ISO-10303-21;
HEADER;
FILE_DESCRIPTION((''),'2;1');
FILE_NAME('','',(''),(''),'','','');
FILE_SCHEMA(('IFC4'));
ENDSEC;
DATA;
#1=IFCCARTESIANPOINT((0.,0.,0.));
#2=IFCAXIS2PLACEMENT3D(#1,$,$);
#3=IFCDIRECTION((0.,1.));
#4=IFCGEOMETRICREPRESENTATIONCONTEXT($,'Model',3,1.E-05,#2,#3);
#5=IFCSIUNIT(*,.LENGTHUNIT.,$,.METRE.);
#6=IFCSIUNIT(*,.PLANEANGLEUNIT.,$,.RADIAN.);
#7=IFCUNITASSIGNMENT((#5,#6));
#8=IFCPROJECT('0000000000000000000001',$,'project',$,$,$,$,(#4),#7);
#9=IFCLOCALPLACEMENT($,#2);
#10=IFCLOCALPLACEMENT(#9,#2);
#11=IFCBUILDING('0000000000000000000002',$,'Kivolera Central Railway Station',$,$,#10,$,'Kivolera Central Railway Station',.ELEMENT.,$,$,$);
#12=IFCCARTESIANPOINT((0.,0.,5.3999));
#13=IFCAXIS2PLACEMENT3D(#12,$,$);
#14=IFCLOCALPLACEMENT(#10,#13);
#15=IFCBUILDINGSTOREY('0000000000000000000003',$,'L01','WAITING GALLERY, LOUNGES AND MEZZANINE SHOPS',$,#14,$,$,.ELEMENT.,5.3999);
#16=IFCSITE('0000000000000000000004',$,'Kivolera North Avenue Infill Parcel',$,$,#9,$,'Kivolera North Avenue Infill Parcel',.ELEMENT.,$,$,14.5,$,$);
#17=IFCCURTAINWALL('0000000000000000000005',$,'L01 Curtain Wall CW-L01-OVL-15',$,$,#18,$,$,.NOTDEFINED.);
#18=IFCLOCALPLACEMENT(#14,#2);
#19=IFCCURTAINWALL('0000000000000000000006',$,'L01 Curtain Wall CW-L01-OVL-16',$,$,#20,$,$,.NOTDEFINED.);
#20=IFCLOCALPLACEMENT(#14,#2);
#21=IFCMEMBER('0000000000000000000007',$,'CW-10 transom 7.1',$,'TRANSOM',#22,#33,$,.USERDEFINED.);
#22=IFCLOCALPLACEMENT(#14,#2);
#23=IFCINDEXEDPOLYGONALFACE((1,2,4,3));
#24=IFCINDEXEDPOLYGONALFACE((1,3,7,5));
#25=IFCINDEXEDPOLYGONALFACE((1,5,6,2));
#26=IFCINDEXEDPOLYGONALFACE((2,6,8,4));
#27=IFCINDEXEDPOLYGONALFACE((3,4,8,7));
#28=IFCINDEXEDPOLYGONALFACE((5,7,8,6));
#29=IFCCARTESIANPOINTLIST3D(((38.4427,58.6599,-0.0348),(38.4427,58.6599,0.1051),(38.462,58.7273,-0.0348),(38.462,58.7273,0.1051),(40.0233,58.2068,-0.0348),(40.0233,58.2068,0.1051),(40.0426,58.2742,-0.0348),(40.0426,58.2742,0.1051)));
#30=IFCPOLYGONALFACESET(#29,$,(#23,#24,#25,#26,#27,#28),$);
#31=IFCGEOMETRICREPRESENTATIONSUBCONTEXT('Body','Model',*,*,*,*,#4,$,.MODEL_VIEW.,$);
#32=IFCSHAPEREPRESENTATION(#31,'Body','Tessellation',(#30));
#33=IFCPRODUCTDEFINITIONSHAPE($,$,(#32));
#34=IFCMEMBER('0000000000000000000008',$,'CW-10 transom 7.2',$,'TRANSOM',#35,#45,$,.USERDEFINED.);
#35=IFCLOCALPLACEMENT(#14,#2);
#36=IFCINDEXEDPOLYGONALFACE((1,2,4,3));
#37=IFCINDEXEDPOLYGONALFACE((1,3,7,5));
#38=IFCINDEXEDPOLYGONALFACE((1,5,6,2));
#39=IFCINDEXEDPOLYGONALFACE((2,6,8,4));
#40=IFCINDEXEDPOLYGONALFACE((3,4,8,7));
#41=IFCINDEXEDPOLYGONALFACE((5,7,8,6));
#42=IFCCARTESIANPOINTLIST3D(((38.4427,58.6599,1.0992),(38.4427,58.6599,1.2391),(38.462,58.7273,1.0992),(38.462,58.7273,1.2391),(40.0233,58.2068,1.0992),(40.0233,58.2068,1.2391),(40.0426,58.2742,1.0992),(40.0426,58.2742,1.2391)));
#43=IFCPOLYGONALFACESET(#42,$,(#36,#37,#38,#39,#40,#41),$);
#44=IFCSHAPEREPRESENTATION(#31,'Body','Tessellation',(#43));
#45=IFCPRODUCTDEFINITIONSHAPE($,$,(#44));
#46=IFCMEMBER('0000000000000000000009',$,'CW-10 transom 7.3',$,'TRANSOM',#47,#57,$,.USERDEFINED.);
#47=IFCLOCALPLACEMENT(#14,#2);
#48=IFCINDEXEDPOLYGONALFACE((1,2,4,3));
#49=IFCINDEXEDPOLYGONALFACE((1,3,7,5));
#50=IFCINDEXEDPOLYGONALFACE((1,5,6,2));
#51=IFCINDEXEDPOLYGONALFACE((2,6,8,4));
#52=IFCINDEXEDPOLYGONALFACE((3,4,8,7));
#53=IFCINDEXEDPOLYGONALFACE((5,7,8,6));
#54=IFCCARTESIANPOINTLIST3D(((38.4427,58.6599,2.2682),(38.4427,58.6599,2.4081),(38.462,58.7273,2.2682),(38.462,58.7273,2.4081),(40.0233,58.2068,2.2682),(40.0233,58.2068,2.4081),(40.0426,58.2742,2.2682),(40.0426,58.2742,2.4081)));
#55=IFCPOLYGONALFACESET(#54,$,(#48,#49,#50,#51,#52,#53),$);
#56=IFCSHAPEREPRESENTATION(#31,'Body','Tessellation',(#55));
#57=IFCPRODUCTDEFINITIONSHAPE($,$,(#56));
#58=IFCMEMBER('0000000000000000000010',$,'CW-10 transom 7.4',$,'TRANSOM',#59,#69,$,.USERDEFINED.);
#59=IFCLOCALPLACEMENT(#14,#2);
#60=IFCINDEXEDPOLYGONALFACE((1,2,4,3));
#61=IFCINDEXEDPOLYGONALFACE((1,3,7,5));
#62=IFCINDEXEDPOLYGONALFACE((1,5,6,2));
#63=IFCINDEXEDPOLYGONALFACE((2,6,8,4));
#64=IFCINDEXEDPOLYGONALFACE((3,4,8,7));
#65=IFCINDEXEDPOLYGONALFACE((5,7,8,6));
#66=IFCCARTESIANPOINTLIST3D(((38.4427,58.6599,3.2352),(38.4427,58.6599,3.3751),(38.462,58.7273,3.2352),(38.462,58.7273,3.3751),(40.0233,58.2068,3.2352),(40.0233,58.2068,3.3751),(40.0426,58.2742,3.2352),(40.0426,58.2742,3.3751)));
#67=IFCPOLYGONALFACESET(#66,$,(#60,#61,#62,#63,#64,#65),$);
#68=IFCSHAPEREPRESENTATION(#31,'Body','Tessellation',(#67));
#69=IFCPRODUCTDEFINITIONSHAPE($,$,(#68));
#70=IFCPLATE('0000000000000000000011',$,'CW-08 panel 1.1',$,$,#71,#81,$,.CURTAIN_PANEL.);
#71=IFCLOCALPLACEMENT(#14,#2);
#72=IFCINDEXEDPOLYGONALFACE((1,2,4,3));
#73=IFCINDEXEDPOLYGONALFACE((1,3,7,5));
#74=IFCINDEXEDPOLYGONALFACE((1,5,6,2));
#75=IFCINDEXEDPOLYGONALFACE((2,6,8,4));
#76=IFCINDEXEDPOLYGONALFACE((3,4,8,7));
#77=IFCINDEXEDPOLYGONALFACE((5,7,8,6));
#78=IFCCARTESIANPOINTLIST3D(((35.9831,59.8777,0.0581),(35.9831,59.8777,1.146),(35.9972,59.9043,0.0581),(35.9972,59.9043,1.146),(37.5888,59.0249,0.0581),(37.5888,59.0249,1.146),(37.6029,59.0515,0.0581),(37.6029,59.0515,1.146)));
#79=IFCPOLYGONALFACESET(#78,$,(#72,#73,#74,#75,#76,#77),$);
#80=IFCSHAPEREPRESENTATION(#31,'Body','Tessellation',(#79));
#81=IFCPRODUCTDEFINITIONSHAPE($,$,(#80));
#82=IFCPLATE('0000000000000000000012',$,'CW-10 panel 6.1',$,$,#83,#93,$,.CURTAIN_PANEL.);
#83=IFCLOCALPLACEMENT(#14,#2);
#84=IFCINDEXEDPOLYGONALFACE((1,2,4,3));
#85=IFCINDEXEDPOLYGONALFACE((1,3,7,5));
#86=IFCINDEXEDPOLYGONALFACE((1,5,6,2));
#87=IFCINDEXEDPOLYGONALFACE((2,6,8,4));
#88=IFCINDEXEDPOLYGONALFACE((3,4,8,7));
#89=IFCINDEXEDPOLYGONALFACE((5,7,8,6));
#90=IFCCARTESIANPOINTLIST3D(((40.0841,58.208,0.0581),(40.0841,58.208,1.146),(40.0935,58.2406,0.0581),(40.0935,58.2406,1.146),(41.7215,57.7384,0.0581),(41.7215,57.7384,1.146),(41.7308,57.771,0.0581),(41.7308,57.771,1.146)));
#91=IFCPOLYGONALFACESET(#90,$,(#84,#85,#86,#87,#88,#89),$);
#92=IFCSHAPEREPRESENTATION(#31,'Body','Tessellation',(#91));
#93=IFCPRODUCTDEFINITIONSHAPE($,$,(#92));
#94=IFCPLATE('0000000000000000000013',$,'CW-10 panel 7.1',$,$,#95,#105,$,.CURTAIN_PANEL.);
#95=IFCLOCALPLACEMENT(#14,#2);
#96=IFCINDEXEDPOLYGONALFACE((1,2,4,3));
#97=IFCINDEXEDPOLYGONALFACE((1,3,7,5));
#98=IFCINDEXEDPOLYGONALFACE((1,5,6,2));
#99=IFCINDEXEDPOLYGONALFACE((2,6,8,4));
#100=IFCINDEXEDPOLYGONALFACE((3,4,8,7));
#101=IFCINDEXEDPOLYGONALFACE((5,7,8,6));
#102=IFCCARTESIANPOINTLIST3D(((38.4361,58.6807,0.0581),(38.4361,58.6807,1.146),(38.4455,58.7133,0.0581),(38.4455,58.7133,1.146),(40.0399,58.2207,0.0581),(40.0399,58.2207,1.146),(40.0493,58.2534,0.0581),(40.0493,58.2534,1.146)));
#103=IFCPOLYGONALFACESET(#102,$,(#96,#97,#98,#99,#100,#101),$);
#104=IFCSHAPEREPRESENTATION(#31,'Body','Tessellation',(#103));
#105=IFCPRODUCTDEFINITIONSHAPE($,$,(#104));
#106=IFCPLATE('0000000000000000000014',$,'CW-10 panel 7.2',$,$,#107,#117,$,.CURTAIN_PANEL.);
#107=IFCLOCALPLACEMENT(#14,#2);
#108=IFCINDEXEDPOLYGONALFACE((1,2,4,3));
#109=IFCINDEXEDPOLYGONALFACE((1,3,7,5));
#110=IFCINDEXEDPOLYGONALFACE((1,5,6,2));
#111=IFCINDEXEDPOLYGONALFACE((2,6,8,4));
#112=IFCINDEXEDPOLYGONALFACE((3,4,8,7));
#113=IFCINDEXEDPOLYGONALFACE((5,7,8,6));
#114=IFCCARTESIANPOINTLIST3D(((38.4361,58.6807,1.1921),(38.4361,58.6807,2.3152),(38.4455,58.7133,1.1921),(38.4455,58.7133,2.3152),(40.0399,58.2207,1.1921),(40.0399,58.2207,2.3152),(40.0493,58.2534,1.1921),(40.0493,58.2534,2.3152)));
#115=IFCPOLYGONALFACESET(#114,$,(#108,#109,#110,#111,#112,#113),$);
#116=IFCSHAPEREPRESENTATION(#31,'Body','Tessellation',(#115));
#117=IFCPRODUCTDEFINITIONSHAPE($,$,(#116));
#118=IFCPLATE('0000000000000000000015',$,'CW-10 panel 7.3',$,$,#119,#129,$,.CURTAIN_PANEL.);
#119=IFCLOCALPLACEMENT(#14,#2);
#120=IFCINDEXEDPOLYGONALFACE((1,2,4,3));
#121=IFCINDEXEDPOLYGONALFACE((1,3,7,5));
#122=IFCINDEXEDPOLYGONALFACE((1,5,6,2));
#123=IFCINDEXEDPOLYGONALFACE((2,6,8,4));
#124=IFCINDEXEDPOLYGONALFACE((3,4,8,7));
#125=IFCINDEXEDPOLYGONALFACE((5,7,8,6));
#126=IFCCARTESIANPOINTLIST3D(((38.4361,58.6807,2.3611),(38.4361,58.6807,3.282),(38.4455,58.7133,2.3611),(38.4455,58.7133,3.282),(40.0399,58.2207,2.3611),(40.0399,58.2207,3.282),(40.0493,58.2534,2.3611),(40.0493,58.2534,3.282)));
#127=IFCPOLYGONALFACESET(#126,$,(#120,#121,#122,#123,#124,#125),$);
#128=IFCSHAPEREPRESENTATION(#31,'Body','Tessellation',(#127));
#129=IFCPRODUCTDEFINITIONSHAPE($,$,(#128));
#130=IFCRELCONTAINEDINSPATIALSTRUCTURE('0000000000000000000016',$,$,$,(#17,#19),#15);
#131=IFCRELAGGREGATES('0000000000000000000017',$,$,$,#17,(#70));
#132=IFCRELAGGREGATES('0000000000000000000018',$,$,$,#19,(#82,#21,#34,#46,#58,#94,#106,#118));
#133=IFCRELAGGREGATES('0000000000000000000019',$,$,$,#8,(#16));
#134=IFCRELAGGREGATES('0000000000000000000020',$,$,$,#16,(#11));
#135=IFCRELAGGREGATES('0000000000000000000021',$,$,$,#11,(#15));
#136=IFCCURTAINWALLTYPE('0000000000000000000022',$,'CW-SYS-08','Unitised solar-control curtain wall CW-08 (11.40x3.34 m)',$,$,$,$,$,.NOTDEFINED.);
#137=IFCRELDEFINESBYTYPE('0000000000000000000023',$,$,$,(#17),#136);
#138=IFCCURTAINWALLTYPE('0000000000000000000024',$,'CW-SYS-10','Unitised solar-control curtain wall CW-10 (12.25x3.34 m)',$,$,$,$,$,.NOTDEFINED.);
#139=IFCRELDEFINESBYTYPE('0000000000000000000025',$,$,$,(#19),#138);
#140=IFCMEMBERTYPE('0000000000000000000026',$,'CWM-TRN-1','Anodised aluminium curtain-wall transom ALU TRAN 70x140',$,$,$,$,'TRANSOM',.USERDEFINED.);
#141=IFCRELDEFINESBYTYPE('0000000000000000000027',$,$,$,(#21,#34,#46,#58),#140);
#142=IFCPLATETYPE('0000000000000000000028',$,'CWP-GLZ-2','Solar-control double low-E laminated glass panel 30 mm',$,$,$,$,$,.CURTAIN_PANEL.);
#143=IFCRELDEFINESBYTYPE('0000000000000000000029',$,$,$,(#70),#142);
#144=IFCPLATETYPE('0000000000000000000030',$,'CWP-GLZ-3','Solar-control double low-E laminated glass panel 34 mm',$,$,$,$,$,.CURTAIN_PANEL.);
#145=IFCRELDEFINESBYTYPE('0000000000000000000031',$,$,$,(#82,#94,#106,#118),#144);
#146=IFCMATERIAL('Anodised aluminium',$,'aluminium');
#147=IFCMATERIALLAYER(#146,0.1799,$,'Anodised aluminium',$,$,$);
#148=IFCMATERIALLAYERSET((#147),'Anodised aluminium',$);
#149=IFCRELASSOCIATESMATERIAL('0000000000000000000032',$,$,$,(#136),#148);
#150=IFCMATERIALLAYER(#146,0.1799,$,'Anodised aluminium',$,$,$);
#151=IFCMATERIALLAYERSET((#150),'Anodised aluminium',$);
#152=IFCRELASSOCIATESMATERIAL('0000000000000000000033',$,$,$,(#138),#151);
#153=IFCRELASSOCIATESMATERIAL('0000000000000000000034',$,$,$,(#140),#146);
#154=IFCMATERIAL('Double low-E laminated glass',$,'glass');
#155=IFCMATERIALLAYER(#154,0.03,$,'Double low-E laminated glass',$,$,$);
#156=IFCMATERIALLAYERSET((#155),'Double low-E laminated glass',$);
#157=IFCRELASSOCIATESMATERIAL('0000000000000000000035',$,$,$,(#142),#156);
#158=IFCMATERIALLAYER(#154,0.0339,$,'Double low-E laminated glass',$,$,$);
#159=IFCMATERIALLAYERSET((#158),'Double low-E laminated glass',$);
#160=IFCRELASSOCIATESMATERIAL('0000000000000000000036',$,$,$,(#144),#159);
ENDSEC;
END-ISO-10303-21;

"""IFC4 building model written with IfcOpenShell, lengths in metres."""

from ifc_helpers import new_model, si_unit, direction, frame, origin, origin_2d, place, context, subcontext, project, spatial, rectangle, extrude, material, layer, layer_set, material_profile, profile_set, type_object, element, aggregate, save


model = new_model("IFC4")

# Units and contexts
model_context = context("Model", 3, precision=1e-05, world=origin(), true_north=direction((0.0, 1.0)))
body_context = subcontext(model_context, "Body", "Model", "MODEL_VIEW")
ifc_project = project(units=[si_unit("LENGTHUNIT", "METRE"), si_unit("PLANEANGLEUNIT", "RADIAN")], contexts=[model_context])

# Site, building, storey
site_placement = place(None, origin())
site = spatial("IfcSite", under=ifc_project, at=site_placement, Name="Kivolera North Avenue Infill Parcel", LongName="Kivolera North Avenue Infill Parcel", CompositionType="ELEMENT", RefElevation=14.5)
building_placement = place(site_placement, origin())
building = spatial("IfcBuilding", under=site, at=building_placement, Name="Kivolera Central Railway Station", LongName="Kivolera Central Railway Station", CompositionType="ELEMENT")
storey_placement = place(building_placement, frame((0.0, 0.0, 5.3999)))
storey = spatial("IfcBuildingStorey", under=building, at=storey_placement, Name="L01", Description="WAITING GALLERY, LOUNGES AND MEZZANINE SHOPS", CompositionType="ELEMENT", Elevation=5.3999)

# Curtain wall
ifc_material_1 = material(Name="Anodised aluminium", Category="aluminium")
ifc_layer_1 = layer(ifc_material_1, 0.1799, Name="Anodised aluminium")
ifc_layer_set_1 = layer_set([ifc_layer_1], Name="Anodised aluminium")
curtain_wall_type_1 = type_object("IfcCurtainWallType", Name="CW-SYS-08", Description="Unitised solar-control curtain wall CW-08 (11.40x3.34 m)", PredefinedType="NOTDEFINED", material=ifc_layer_set_1)
curtain_wall_1_placement = place(storey_placement, origin())
curtain_wall_1 = element("IfcCurtainWall", 1, at=curtain_wall_1_placement, inside=storey, type_object=curtain_wall_type_1, Name="L01 Curtain Wall CW-L01-OVL-15", PredefinedType="NOTDEFINED")

# Curtain wall
ifc_layer_2 = layer(ifc_material_1, 0.1799, Name="Anodised aluminium")
ifc_layer_set_2 = layer_set([ifc_layer_2], Name="Anodised aluminium")
curtain_wall_type_2 = type_object("IfcCurtainWallType", Name="CW-SYS-10", Description="Unitised solar-control curtain wall CW-10 (12.25x3.34 m)", PredefinedType="NOTDEFINED", material=ifc_layer_set_2)
curtain_wall_2_placement = place(storey_placement, origin())
curtain_wall_2 = element("IfcCurtainWall", 2, at=curtain_wall_2_placement, inside=storey, type_object=curtain_wall_type_2, Name="L01 Curtain Wall CW-L01-OVL-16", PredefinedType="NOTDEFINED")

# Members
ifc_material_profile_1 = material_profile(ifc_material_1, rectangle(XDim=0.0701, YDim=0.1399, at=origin_2d()), Name="ALU TRAN 70x140")
ifc_profile_set_1 = profile_set([ifc_material_profile_1], Name="Anodised aluminium")
member_type_1 = type_object("IfcMemberType", Name="CWM-TRN-1", Description="Anodised aluminium curtain-wall transom ALU TRAN 70x140", ElementType="TRANSOM", PredefinedType="USERDEFINED", material=ifc_profile_set_1)
member_1_placement = place(storey_placement, frame((40.033, 58.2405, 0.0352), z_axis=(-0.961277, 0.275584, 0.0), x_axis=(-0.275584, -0.961277, 0.0)))
member_1 = element("IfcMember", 3, at=member_1_placement, type_object=member_type_1, Name="CW-10 transom 7.1", ObjectType="TRANSOM", PredefinedType="USERDEFINED", context=body_context, shape_type="SweptSolid", body=[
    extrude(rectangle(XDim=0.0701, YDim=0.1399, at=origin_2d()), origin(), (0.0, 0.0, 1.0), 1.6443),
])
member_2_placement = place(storey_placement, frame((40.033, 58.2405, 1.1692), z_axis=(-0.961277, 0.275584, 0.0), x_axis=(-0.275584, -0.961277, 0.0)))
member_2 = element("IfcMember", 4, at=member_2_placement, type_object=member_type_1, Name="CW-10 transom 7.2", ObjectType="TRANSOM", PredefinedType="USERDEFINED", context=body_context, shape_type="SweptSolid", body=[
    extrude(rectangle(XDim=0.0701, YDim=0.1399, at=origin_2d()), origin(), (0.0, 0.0, 1.0), 1.6443),
])
member_3_placement = place(storey_placement, frame((40.033, 58.2405, 2.3381), z_axis=(-0.961277, 0.275584, 0.0), x_axis=(-0.275584, -0.961277, 0.0)))
member_3 = element("IfcMember", 5, at=member_3_placement, type_object=member_type_1, Name="CW-10 transom 7.3", ObjectType="TRANSOM", PredefinedType="USERDEFINED", context=body_context, shape_type="SweptSolid", body=[
    extrude(rectangle(XDim=0.0701, YDim=0.1399, at=origin_2d()), origin(), (0.0, 0.0, 1.0), 1.6443),
])
member_4_placement = place(storey_placement, frame((40.033, 58.2405, 3.3052), z_axis=(-0.961277, 0.275584, 0.0), x_axis=(-0.275584, -0.961277, 0.0)))
member_4 = element("IfcMember", 6, at=member_4_placement, type_object=member_type_1, Name="CW-10 transom 7.4", ObjectType="TRANSOM", PredefinedType="USERDEFINED", context=body_context, shape_type="SweptSolid", body=[
    extrude(rectangle(XDim=0.0701, YDim=0.1399, at=origin_2d()), origin(), (0.0, 0.0, 1.0), 1.6443),
])

# Plates
ifc_material_2 = material(Name="Double low-E laminated glass", Category="glass")
ifc_layer_3 = layer(ifc_material_2, 0.03, Name="Double low-E laminated glass")
ifc_layer_set_3 = layer_set([ifc_layer_3], Name="Double low-E laminated glass")
plate_type_1 = type_object("IfcPlateType", Name="CWP-GLZ-2", Description="Solar-control double low-E laminated glass panel 30 mm", PredefinedType="CURTAIN_PANEL", material=ifc_layer_set_3)
plate_1_placement = place(storey_placement, frame((36.793, 59.4646, 0.0581), z_axis=(0.0, 0.0, 1.0), x_axis=(-0.88317, 0.469053, 0.0)))
plate_1 = element("IfcPlate", 7, at=plate_1_placement, type_object=plate_type_1, Name="CW-08 panel 1.1", PredefinedType="CURTAIN_PANEL", context=body_context, shape_type="SweptSolid", body=[
    extrude(rectangle(XDim=1.8181, YDim=0.03, at=origin_2d()), origin(), (0.0, 0.0, 1.0), 1.0879),
])
aggregate(curtain_wall_1, [plate_1])
ifc_layer_4 = layer(ifc_material_2, 0.0339, Name="Double low-E laminated glass")
ifc_layer_set_4 = layer_set([ifc_layer_4], Name="Double low-E laminated glass")
plate_type_2 = type_object("IfcPlateType", Name="CWP-GLZ-3", Description="Solar-control double low-E laminated glass panel 34 mm", PredefinedType="CURTAIN_PANEL", material=ifc_layer_set_4)
plate_2_placement = place(storey_placement, frame((40.9075, 57.9895, 0.0581), z_axis=(0.0, 0.0, 1.0), x_axis=(-0.961246, 0.275692, 0.0)))
plate_2 = element("IfcPlate", 8, at=plate_2_placement, type_object=plate_type_2, Name="CW-10 panel 6.1", PredefinedType="CURTAIN_PANEL", context=body_context, shape_type="SweptSolid", body=[
    extrude(rectangle(XDim=1.7034, YDim=0.0339, at=origin_2d()), origin(), (0.0, 0.0, 1.0), 1.0879),
])
plate_3_placement = place(storey_placement, frame((39.2427, 58.467, 0.0581), z_axis=(0.0, 0.0, 1.0), x_axis=(-0.961246, 0.275692, 0.0)))
plate_3 = element("IfcPlate", 9, at=plate_3_placement, type_object=plate_type_2, Name="CW-10 panel 7.1", PredefinedType="CURTAIN_PANEL", context=body_context, shape_type="SweptSolid", body=[
    extrude(rectangle(XDim=1.6685, YDim=0.0339, at=origin_2d()), origin(), (0.0, 0.0, 1.0), 1.0879),
])
plate_4_placement = place(storey_placement, frame((39.2427, 58.467, 1.1921), z_axis=(0.0, 0.0, 1.0), x_axis=(-0.961246, 0.275692, 0.0)))
plate_4 = element("IfcPlate", 10, at=plate_4_placement, type_object=plate_type_2, Name="CW-10 panel 7.2", PredefinedType="CURTAIN_PANEL", context=body_context, shape_type="SweptSolid", body=[
    extrude(rectangle(XDim=1.6685, YDim=0.0339, at=origin_2d()), origin(), (0.0, 0.0, 1.0), 1.123),
])
plate_5_placement = place(storey_placement, frame((39.2427, 58.467, 2.3611), z_axis=(0.0, 0.0, 1.0), x_axis=(-0.961246, 0.275692, 0.0)))
plate_5 = element("IfcPlate", 11, at=plate_5_placement, type_object=plate_type_2, Name="CW-10 panel 7.3", PredefinedType="CURTAIN_PANEL", context=body_context, shape_type="SweptSolid", body=[
    extrude(rectangle(XDim=1.6685, YDim=0.0339, at=origin_2d()), origin(), (0.0, 0.0, 1.0), 0.9209),
])
aggregate(curtain_wall_2, [plate_2, member_1, member_2, member_3, member_4, plate_3, plate_4, plate_5])

save(model, "model.ifc")
